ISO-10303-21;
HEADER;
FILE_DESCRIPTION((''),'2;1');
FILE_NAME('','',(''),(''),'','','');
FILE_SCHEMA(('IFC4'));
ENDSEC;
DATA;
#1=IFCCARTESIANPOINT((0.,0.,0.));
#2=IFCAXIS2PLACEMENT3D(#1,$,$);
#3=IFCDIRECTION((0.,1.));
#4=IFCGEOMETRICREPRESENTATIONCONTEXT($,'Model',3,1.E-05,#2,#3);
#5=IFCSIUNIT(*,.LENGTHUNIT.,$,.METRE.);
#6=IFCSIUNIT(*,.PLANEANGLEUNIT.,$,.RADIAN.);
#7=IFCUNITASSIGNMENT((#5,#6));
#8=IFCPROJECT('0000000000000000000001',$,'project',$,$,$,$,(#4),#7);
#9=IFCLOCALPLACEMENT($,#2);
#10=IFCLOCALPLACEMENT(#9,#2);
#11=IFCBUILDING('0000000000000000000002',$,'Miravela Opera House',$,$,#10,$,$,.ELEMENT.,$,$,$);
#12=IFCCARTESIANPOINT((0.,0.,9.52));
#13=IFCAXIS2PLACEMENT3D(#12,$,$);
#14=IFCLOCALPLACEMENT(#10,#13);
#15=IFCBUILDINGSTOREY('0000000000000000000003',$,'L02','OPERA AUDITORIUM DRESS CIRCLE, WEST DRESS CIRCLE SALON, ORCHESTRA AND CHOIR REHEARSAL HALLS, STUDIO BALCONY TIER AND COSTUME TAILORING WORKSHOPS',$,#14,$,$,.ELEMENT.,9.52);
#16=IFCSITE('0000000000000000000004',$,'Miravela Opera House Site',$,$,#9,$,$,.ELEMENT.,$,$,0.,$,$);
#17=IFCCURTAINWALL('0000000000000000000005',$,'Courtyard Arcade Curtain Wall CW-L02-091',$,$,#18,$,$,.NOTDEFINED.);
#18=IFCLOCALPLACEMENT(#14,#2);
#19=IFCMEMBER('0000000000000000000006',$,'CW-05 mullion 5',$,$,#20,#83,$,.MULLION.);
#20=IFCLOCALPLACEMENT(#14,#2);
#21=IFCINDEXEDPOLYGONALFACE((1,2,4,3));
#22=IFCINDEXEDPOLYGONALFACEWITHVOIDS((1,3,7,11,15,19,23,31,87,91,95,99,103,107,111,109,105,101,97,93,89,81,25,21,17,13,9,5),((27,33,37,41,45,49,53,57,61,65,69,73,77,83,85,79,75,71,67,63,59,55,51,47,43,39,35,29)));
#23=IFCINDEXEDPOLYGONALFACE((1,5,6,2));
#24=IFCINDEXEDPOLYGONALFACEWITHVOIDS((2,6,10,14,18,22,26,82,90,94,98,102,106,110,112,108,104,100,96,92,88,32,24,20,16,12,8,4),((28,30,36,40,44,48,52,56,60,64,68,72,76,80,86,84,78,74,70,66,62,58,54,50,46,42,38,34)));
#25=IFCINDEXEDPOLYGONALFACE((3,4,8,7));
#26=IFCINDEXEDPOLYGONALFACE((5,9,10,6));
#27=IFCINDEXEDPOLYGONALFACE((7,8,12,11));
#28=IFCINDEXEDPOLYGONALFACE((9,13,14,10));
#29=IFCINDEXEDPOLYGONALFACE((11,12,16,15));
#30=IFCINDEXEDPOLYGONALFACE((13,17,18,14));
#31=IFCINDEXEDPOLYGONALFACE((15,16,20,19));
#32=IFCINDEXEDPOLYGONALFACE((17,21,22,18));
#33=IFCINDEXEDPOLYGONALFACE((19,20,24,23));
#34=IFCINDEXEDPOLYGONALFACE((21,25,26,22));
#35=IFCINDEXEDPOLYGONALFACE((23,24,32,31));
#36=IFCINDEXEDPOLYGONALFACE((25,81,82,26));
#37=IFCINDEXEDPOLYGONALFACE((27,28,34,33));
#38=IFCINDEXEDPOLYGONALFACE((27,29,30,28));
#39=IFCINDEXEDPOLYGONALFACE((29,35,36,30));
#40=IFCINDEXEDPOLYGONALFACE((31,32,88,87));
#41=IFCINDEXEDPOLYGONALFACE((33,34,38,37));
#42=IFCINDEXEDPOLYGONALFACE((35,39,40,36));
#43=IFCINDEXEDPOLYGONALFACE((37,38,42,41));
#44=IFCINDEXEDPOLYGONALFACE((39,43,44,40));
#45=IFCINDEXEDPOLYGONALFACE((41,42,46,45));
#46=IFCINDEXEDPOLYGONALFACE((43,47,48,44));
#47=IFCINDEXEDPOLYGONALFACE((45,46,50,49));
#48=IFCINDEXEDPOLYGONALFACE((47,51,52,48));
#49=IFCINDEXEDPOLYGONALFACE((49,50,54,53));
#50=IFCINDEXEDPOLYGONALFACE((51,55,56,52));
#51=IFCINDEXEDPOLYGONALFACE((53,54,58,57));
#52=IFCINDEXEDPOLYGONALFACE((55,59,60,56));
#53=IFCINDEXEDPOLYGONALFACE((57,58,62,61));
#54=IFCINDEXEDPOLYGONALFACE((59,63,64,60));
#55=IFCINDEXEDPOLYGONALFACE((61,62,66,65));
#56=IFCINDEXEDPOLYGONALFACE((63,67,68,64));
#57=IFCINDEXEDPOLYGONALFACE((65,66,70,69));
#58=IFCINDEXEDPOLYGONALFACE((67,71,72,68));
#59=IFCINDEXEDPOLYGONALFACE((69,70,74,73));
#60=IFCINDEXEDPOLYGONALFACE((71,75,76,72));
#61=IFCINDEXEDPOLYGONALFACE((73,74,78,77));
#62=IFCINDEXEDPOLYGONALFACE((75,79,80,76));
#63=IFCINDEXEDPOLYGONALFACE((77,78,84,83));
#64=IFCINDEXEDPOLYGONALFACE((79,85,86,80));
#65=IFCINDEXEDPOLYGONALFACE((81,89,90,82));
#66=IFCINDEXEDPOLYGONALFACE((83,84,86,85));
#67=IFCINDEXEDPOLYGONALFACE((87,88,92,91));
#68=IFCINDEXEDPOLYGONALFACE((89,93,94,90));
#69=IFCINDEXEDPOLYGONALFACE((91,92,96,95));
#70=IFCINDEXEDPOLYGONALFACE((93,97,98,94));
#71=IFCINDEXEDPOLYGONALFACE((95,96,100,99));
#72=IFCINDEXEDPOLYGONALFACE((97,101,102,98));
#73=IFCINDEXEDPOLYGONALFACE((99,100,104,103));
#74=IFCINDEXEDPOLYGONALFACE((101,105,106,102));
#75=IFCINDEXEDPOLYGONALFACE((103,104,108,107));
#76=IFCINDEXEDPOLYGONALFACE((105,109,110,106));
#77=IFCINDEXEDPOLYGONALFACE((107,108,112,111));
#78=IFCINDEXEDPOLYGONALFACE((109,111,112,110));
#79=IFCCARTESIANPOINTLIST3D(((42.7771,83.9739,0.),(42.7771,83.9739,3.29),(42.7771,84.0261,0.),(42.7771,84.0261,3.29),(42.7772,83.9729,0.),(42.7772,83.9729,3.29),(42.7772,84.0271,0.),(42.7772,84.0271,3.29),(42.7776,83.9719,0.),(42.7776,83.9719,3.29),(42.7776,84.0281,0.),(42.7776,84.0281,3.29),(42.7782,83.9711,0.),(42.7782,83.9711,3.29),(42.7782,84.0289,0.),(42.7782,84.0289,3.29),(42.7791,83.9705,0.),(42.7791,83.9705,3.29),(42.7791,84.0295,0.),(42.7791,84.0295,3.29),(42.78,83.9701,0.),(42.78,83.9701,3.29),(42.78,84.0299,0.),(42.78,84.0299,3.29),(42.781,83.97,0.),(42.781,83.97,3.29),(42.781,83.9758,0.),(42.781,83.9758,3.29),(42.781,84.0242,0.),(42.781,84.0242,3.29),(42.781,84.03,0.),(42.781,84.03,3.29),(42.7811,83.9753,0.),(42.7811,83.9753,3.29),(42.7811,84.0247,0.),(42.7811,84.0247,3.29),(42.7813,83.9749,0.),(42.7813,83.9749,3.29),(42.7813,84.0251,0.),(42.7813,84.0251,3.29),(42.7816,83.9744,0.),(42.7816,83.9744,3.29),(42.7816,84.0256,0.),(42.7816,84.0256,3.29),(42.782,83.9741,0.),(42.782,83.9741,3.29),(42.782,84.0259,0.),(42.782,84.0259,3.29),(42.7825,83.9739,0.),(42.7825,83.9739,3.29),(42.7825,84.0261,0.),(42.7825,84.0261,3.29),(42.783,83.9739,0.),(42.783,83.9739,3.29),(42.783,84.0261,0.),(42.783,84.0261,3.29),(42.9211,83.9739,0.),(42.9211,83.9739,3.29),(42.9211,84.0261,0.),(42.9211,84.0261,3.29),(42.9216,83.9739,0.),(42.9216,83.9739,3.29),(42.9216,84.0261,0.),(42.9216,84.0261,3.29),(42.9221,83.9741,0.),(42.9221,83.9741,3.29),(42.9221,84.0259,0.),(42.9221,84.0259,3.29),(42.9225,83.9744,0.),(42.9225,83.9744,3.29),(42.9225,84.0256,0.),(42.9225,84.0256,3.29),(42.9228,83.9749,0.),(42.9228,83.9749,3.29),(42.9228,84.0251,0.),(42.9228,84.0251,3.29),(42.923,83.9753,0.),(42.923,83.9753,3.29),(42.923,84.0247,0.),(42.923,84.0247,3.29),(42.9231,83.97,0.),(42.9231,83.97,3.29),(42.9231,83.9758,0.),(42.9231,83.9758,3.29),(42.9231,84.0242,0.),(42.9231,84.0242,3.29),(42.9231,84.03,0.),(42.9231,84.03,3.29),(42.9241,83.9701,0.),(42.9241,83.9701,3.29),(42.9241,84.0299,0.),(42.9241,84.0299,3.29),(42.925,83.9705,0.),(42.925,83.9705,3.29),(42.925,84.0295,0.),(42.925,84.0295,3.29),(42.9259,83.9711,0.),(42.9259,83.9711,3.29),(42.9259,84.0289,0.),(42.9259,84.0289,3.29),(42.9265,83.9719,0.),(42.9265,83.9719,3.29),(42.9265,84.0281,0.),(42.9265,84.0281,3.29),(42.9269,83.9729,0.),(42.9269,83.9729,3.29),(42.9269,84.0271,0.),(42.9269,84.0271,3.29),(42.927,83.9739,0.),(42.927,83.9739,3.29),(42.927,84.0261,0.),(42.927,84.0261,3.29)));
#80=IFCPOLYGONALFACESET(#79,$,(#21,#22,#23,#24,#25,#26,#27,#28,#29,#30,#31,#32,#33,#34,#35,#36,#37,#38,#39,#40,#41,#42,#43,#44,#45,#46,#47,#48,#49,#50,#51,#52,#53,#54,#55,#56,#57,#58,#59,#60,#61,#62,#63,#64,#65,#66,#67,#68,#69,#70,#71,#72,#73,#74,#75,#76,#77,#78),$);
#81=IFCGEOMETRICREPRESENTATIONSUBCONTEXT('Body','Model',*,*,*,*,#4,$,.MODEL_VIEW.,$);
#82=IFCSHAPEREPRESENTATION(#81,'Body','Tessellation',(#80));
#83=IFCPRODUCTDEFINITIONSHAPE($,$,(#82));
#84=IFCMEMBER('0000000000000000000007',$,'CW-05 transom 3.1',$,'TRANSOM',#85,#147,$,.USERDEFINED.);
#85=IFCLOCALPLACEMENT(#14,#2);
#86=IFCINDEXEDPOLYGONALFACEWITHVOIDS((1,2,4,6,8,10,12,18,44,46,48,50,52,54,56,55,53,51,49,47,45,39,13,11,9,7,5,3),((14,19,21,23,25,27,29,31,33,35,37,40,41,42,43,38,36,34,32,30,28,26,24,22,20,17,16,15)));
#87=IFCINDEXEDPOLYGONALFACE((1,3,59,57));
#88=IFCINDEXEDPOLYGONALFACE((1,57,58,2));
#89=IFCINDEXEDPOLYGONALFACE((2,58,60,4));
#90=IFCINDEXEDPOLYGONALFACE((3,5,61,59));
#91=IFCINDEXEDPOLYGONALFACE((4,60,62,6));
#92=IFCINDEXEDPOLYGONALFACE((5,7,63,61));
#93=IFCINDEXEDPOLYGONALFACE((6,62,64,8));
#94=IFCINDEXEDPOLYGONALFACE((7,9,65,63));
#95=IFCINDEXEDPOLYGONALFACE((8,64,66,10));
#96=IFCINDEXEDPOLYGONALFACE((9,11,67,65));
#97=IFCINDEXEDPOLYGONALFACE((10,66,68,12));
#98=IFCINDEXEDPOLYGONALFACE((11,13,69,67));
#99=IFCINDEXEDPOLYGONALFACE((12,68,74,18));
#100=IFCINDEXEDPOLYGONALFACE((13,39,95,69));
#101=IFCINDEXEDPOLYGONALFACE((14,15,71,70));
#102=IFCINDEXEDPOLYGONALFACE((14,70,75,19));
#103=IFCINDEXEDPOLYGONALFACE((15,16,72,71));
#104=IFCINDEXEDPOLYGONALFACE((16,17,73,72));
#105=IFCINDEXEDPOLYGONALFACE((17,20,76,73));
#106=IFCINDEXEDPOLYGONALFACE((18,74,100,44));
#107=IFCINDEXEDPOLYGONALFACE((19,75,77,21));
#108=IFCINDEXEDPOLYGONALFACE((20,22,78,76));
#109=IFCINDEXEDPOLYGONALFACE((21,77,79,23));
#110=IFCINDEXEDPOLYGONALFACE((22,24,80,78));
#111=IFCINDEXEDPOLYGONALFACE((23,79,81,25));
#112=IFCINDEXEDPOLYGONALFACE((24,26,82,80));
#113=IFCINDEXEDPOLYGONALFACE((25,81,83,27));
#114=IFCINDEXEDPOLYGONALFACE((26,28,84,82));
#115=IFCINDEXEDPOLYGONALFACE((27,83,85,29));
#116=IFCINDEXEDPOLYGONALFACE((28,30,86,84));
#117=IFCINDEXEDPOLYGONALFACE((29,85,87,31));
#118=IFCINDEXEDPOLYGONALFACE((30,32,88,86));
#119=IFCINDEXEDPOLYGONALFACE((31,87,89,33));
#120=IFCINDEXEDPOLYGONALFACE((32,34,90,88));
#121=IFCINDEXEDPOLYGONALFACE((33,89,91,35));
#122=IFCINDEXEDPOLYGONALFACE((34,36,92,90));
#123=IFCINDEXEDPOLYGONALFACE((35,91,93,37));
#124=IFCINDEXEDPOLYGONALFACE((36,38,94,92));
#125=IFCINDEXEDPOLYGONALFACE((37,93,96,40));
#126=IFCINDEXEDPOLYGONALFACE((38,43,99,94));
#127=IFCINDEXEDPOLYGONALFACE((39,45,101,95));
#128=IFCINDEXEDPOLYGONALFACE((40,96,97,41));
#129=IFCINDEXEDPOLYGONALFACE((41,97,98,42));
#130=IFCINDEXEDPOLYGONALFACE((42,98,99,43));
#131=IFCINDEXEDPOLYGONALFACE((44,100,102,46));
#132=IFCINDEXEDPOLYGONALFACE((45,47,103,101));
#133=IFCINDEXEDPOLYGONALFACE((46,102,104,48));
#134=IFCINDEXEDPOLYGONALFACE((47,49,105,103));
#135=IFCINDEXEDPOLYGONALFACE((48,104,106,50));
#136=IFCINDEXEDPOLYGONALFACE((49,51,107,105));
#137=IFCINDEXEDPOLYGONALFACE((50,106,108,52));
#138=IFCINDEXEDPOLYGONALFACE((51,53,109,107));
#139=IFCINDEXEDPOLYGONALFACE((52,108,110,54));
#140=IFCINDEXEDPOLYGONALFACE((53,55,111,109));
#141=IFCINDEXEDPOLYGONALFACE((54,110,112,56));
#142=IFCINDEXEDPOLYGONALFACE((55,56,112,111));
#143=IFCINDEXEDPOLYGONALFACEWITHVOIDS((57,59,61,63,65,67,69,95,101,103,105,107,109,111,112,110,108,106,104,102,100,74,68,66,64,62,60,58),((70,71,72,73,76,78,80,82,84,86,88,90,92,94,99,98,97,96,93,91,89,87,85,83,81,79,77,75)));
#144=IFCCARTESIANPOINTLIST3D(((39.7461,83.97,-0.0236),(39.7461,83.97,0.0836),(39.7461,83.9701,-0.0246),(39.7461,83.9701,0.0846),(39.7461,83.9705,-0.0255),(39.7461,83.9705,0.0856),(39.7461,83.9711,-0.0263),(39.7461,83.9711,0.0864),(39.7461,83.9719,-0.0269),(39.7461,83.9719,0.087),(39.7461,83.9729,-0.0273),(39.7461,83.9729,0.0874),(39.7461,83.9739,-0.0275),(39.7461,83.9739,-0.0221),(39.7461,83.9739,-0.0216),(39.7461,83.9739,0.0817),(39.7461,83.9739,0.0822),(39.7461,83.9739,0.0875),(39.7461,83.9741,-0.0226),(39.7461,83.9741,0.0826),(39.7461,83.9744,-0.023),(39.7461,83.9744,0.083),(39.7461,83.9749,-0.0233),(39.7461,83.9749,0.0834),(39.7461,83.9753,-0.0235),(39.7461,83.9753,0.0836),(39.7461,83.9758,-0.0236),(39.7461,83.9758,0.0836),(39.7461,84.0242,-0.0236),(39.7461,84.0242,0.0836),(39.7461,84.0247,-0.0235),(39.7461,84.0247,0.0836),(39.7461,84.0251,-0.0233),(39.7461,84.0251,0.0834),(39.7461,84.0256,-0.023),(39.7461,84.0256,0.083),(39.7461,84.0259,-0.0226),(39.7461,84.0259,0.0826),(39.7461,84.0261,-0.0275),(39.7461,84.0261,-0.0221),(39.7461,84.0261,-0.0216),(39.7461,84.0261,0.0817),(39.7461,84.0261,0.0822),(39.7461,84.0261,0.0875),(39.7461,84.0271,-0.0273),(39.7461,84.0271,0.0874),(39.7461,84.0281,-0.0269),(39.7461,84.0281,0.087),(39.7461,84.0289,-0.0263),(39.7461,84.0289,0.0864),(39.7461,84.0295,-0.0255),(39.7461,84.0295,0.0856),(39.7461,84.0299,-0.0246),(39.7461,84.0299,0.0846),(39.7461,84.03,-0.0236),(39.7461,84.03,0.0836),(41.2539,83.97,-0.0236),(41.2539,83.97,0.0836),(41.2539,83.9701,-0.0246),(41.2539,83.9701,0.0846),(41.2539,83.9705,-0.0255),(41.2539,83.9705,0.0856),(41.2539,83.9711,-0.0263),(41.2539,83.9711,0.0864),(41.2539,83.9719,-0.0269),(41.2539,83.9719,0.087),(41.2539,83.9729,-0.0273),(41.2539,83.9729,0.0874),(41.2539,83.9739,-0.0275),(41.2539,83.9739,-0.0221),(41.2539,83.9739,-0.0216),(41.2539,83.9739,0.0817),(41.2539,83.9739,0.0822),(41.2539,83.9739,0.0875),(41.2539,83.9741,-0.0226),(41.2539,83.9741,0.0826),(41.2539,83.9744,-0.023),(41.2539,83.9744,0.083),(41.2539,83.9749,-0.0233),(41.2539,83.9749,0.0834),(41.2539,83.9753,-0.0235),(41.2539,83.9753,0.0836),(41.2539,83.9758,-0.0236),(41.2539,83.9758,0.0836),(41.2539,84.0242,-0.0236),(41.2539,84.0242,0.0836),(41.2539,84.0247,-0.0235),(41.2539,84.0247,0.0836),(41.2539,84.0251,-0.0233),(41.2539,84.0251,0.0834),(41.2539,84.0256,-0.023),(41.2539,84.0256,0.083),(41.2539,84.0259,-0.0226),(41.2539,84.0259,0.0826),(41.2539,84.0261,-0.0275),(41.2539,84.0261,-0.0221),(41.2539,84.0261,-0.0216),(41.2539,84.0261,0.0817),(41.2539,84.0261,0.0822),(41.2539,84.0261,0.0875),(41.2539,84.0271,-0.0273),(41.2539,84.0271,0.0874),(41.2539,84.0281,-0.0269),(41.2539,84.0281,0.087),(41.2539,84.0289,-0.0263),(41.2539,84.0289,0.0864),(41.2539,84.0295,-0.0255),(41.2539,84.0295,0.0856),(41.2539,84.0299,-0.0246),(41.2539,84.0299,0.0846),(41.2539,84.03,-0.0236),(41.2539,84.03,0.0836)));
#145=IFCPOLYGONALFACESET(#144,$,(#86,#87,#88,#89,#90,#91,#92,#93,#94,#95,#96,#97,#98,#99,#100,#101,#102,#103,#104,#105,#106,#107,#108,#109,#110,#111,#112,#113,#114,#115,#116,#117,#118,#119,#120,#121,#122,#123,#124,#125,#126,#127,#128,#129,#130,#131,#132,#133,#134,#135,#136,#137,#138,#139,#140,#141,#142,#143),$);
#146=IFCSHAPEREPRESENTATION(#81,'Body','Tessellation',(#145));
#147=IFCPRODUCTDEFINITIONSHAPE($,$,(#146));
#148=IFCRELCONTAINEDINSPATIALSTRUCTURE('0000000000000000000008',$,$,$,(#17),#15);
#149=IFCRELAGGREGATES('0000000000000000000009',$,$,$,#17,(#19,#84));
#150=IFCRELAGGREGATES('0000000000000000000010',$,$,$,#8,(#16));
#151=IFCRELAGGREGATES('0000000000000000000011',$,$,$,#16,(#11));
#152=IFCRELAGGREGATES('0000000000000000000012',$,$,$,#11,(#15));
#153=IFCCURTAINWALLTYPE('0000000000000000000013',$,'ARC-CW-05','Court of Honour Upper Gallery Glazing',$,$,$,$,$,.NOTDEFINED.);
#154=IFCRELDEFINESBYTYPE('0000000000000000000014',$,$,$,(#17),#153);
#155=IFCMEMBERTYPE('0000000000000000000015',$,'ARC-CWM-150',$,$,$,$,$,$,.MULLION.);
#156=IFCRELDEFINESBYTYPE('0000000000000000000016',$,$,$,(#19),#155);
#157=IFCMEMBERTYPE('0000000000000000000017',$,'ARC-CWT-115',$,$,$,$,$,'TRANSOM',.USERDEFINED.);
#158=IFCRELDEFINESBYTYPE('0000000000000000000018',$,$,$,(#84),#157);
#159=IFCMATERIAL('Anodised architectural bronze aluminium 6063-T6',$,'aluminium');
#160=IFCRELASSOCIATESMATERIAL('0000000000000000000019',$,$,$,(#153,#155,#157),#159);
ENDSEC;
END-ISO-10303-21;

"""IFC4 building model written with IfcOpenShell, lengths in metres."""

from ifc_helpers import new_model, si_unit, direction, frame, origin, origin_2d, place, context, subcontext, project, spatial, hollow_rectangle, extrude, material, material_profile, profile_set, type_object, element, aggregate, save


model = new_model("IFC4")

# Units and contexts
model_context = context("Model", 3, precision=1e-05, world=origin(), true_north=direction((0.0, 1.0)))
body_context = subcontext(model_context, "Body", "Model", "MODEL_VIEW")
ifc_project = project(units=[si_unit("LENGTHUNIT", "METRE"), si_unit("PLANEANGLEUNIT", "RADIAN")], contexts=[model_context])

# Site, building, storey
site_placement = place(None, origin())
site = spatial("IfcSite", under=ifc_project, at=site_placement, Name="Miravela Opera House Site", CompositionType="ELEMENT", RefElevation=0.0)
building_placement = place(site_placement, origin())
building = spatial("IfcBuilding", under=site, at=building_placement, Name="Miravela Opera House", CompositionType="ELEMENT")
storey_placement = place(building_placement, frame((0.0, 0.0, 9.52)))
storey = spatial("IfcBuildingStorey", under=building, at=storey_placement, Name="L02", Description="OPERA AUDITORIUM DRESS CIRCLE, WEST DRESS CIRCLE SALON, ORCHESTRA AND CHOIR REHEARSAL HALLS, STUDIO BALCONY TIER AND COSTUME TAILORING WORKSHOPS", CompositionType="ELEMENT", Elevation=9.52)

# Curtain wall, members
ifc_material_1 = material(Name="Anodised architectural bronze aluminium 6063-T6", Category="aluminium")
curtain_wall_type = type_object("IfcCurtainWallType", Name="ARC-CW-05", Description="Court of Honour Upper Gallery Glazing", PredefinedType="NOTDEFINED", material=ifc_material_1)
curtain_wall_placement = place(storey_placement, origin())
curtain_wall = element("IfcCurtainWall", 1, at=curtain_wall_placement, inside=storey, type_object=curtain_wall_type, Name="Courtyard Arcade Curtain Wall CW-L02-091", PredefinedType="NOTDEFINED")
ifc_material_profile_1 = material_profile(ifc_material_1, hollow_rectangle(XDim=0.0601, YDim=0.1499, WallThickness=0.0039, InnerFilletRadius=0.002, OuterFilletRadius=0.0039, at=origin_2d()), Name="CWM-60X150")
ifc_profile_set_1 = profile_set([ifc_material_profile_1])
member_type_1 = type_object("IfcMemberType", Name="ARC-CWM-150", PredefinedType="MULLION", material=ifc_profile_set_1)
member_1_placement = place(storey_placement, frame((42.8521, 84.0, 0.0), z_axis=(0.0, 0.0, 1.0), x_axis=(0.0, 1.0, 0.0)))
member_1 = element("IfcMember", 2, at=member_1_placement, type_object=member_type_1, Name="CW-05 mullion 5", PredefinedType="MULLION", context=body_context, shape_type="SweptSolid", body=[
    extrude(hollow_rectangle(XDim=0.0601, YDim=0.1499, WallThickness=0.0039, InnerFilletRadius=0.002, OuterFilletRadius=0.0039, at=origin_2d()), origin(), (0.0, 0.0, 1.0), 3.29),
])
ifc_material_profile_2 = material_profile(ifc_material_1, hollow_rectangle(XDim=0.0601, YDim=0.115, WallThickness=0.0039, InnerFilletRadius=0.002, OuterFilletRadius=0.0039, at=origin_2d()), Name="CWT-60X115")
ifc_profile_set_2 = profile_set([ifc_material_profile_2])
member_type_2 = type_object("IfcMemberType", Name="ARC-CWT-115", ElementType="TRANSOM", PredefinedType="USERDEFINED", material=ifc_profile_set_2)
member_2_placement = place(storey_placement, frame((39.7461, 84.0, 0.03), z_axis=(1.0, 0.0, 0.0), x_axis=(0.0, 1.0, 0.0)))
member_2 = element("IfcMember", 3, at=member_2_placement, type_object=member_type_2, Name="CW-05 transom 3.1", ObjectType="TRANSOM", PredefinedType="USERDEFINED", context=body_context, shape_type="SweptSolid", body=[
    extrude(hollow_rectangle(XDim=0.0601, YDim=0.115, WallThickness=0.0039, InnerFilletRadius=0.002, OuterFilletRadius=0.0039, at=origin_2d()), origin(), (0.0, 0.0, 1.0), 1.5078),
])
aggregate(curtain_wall, [member_1, member_2])

save(model, "model.ifc")
